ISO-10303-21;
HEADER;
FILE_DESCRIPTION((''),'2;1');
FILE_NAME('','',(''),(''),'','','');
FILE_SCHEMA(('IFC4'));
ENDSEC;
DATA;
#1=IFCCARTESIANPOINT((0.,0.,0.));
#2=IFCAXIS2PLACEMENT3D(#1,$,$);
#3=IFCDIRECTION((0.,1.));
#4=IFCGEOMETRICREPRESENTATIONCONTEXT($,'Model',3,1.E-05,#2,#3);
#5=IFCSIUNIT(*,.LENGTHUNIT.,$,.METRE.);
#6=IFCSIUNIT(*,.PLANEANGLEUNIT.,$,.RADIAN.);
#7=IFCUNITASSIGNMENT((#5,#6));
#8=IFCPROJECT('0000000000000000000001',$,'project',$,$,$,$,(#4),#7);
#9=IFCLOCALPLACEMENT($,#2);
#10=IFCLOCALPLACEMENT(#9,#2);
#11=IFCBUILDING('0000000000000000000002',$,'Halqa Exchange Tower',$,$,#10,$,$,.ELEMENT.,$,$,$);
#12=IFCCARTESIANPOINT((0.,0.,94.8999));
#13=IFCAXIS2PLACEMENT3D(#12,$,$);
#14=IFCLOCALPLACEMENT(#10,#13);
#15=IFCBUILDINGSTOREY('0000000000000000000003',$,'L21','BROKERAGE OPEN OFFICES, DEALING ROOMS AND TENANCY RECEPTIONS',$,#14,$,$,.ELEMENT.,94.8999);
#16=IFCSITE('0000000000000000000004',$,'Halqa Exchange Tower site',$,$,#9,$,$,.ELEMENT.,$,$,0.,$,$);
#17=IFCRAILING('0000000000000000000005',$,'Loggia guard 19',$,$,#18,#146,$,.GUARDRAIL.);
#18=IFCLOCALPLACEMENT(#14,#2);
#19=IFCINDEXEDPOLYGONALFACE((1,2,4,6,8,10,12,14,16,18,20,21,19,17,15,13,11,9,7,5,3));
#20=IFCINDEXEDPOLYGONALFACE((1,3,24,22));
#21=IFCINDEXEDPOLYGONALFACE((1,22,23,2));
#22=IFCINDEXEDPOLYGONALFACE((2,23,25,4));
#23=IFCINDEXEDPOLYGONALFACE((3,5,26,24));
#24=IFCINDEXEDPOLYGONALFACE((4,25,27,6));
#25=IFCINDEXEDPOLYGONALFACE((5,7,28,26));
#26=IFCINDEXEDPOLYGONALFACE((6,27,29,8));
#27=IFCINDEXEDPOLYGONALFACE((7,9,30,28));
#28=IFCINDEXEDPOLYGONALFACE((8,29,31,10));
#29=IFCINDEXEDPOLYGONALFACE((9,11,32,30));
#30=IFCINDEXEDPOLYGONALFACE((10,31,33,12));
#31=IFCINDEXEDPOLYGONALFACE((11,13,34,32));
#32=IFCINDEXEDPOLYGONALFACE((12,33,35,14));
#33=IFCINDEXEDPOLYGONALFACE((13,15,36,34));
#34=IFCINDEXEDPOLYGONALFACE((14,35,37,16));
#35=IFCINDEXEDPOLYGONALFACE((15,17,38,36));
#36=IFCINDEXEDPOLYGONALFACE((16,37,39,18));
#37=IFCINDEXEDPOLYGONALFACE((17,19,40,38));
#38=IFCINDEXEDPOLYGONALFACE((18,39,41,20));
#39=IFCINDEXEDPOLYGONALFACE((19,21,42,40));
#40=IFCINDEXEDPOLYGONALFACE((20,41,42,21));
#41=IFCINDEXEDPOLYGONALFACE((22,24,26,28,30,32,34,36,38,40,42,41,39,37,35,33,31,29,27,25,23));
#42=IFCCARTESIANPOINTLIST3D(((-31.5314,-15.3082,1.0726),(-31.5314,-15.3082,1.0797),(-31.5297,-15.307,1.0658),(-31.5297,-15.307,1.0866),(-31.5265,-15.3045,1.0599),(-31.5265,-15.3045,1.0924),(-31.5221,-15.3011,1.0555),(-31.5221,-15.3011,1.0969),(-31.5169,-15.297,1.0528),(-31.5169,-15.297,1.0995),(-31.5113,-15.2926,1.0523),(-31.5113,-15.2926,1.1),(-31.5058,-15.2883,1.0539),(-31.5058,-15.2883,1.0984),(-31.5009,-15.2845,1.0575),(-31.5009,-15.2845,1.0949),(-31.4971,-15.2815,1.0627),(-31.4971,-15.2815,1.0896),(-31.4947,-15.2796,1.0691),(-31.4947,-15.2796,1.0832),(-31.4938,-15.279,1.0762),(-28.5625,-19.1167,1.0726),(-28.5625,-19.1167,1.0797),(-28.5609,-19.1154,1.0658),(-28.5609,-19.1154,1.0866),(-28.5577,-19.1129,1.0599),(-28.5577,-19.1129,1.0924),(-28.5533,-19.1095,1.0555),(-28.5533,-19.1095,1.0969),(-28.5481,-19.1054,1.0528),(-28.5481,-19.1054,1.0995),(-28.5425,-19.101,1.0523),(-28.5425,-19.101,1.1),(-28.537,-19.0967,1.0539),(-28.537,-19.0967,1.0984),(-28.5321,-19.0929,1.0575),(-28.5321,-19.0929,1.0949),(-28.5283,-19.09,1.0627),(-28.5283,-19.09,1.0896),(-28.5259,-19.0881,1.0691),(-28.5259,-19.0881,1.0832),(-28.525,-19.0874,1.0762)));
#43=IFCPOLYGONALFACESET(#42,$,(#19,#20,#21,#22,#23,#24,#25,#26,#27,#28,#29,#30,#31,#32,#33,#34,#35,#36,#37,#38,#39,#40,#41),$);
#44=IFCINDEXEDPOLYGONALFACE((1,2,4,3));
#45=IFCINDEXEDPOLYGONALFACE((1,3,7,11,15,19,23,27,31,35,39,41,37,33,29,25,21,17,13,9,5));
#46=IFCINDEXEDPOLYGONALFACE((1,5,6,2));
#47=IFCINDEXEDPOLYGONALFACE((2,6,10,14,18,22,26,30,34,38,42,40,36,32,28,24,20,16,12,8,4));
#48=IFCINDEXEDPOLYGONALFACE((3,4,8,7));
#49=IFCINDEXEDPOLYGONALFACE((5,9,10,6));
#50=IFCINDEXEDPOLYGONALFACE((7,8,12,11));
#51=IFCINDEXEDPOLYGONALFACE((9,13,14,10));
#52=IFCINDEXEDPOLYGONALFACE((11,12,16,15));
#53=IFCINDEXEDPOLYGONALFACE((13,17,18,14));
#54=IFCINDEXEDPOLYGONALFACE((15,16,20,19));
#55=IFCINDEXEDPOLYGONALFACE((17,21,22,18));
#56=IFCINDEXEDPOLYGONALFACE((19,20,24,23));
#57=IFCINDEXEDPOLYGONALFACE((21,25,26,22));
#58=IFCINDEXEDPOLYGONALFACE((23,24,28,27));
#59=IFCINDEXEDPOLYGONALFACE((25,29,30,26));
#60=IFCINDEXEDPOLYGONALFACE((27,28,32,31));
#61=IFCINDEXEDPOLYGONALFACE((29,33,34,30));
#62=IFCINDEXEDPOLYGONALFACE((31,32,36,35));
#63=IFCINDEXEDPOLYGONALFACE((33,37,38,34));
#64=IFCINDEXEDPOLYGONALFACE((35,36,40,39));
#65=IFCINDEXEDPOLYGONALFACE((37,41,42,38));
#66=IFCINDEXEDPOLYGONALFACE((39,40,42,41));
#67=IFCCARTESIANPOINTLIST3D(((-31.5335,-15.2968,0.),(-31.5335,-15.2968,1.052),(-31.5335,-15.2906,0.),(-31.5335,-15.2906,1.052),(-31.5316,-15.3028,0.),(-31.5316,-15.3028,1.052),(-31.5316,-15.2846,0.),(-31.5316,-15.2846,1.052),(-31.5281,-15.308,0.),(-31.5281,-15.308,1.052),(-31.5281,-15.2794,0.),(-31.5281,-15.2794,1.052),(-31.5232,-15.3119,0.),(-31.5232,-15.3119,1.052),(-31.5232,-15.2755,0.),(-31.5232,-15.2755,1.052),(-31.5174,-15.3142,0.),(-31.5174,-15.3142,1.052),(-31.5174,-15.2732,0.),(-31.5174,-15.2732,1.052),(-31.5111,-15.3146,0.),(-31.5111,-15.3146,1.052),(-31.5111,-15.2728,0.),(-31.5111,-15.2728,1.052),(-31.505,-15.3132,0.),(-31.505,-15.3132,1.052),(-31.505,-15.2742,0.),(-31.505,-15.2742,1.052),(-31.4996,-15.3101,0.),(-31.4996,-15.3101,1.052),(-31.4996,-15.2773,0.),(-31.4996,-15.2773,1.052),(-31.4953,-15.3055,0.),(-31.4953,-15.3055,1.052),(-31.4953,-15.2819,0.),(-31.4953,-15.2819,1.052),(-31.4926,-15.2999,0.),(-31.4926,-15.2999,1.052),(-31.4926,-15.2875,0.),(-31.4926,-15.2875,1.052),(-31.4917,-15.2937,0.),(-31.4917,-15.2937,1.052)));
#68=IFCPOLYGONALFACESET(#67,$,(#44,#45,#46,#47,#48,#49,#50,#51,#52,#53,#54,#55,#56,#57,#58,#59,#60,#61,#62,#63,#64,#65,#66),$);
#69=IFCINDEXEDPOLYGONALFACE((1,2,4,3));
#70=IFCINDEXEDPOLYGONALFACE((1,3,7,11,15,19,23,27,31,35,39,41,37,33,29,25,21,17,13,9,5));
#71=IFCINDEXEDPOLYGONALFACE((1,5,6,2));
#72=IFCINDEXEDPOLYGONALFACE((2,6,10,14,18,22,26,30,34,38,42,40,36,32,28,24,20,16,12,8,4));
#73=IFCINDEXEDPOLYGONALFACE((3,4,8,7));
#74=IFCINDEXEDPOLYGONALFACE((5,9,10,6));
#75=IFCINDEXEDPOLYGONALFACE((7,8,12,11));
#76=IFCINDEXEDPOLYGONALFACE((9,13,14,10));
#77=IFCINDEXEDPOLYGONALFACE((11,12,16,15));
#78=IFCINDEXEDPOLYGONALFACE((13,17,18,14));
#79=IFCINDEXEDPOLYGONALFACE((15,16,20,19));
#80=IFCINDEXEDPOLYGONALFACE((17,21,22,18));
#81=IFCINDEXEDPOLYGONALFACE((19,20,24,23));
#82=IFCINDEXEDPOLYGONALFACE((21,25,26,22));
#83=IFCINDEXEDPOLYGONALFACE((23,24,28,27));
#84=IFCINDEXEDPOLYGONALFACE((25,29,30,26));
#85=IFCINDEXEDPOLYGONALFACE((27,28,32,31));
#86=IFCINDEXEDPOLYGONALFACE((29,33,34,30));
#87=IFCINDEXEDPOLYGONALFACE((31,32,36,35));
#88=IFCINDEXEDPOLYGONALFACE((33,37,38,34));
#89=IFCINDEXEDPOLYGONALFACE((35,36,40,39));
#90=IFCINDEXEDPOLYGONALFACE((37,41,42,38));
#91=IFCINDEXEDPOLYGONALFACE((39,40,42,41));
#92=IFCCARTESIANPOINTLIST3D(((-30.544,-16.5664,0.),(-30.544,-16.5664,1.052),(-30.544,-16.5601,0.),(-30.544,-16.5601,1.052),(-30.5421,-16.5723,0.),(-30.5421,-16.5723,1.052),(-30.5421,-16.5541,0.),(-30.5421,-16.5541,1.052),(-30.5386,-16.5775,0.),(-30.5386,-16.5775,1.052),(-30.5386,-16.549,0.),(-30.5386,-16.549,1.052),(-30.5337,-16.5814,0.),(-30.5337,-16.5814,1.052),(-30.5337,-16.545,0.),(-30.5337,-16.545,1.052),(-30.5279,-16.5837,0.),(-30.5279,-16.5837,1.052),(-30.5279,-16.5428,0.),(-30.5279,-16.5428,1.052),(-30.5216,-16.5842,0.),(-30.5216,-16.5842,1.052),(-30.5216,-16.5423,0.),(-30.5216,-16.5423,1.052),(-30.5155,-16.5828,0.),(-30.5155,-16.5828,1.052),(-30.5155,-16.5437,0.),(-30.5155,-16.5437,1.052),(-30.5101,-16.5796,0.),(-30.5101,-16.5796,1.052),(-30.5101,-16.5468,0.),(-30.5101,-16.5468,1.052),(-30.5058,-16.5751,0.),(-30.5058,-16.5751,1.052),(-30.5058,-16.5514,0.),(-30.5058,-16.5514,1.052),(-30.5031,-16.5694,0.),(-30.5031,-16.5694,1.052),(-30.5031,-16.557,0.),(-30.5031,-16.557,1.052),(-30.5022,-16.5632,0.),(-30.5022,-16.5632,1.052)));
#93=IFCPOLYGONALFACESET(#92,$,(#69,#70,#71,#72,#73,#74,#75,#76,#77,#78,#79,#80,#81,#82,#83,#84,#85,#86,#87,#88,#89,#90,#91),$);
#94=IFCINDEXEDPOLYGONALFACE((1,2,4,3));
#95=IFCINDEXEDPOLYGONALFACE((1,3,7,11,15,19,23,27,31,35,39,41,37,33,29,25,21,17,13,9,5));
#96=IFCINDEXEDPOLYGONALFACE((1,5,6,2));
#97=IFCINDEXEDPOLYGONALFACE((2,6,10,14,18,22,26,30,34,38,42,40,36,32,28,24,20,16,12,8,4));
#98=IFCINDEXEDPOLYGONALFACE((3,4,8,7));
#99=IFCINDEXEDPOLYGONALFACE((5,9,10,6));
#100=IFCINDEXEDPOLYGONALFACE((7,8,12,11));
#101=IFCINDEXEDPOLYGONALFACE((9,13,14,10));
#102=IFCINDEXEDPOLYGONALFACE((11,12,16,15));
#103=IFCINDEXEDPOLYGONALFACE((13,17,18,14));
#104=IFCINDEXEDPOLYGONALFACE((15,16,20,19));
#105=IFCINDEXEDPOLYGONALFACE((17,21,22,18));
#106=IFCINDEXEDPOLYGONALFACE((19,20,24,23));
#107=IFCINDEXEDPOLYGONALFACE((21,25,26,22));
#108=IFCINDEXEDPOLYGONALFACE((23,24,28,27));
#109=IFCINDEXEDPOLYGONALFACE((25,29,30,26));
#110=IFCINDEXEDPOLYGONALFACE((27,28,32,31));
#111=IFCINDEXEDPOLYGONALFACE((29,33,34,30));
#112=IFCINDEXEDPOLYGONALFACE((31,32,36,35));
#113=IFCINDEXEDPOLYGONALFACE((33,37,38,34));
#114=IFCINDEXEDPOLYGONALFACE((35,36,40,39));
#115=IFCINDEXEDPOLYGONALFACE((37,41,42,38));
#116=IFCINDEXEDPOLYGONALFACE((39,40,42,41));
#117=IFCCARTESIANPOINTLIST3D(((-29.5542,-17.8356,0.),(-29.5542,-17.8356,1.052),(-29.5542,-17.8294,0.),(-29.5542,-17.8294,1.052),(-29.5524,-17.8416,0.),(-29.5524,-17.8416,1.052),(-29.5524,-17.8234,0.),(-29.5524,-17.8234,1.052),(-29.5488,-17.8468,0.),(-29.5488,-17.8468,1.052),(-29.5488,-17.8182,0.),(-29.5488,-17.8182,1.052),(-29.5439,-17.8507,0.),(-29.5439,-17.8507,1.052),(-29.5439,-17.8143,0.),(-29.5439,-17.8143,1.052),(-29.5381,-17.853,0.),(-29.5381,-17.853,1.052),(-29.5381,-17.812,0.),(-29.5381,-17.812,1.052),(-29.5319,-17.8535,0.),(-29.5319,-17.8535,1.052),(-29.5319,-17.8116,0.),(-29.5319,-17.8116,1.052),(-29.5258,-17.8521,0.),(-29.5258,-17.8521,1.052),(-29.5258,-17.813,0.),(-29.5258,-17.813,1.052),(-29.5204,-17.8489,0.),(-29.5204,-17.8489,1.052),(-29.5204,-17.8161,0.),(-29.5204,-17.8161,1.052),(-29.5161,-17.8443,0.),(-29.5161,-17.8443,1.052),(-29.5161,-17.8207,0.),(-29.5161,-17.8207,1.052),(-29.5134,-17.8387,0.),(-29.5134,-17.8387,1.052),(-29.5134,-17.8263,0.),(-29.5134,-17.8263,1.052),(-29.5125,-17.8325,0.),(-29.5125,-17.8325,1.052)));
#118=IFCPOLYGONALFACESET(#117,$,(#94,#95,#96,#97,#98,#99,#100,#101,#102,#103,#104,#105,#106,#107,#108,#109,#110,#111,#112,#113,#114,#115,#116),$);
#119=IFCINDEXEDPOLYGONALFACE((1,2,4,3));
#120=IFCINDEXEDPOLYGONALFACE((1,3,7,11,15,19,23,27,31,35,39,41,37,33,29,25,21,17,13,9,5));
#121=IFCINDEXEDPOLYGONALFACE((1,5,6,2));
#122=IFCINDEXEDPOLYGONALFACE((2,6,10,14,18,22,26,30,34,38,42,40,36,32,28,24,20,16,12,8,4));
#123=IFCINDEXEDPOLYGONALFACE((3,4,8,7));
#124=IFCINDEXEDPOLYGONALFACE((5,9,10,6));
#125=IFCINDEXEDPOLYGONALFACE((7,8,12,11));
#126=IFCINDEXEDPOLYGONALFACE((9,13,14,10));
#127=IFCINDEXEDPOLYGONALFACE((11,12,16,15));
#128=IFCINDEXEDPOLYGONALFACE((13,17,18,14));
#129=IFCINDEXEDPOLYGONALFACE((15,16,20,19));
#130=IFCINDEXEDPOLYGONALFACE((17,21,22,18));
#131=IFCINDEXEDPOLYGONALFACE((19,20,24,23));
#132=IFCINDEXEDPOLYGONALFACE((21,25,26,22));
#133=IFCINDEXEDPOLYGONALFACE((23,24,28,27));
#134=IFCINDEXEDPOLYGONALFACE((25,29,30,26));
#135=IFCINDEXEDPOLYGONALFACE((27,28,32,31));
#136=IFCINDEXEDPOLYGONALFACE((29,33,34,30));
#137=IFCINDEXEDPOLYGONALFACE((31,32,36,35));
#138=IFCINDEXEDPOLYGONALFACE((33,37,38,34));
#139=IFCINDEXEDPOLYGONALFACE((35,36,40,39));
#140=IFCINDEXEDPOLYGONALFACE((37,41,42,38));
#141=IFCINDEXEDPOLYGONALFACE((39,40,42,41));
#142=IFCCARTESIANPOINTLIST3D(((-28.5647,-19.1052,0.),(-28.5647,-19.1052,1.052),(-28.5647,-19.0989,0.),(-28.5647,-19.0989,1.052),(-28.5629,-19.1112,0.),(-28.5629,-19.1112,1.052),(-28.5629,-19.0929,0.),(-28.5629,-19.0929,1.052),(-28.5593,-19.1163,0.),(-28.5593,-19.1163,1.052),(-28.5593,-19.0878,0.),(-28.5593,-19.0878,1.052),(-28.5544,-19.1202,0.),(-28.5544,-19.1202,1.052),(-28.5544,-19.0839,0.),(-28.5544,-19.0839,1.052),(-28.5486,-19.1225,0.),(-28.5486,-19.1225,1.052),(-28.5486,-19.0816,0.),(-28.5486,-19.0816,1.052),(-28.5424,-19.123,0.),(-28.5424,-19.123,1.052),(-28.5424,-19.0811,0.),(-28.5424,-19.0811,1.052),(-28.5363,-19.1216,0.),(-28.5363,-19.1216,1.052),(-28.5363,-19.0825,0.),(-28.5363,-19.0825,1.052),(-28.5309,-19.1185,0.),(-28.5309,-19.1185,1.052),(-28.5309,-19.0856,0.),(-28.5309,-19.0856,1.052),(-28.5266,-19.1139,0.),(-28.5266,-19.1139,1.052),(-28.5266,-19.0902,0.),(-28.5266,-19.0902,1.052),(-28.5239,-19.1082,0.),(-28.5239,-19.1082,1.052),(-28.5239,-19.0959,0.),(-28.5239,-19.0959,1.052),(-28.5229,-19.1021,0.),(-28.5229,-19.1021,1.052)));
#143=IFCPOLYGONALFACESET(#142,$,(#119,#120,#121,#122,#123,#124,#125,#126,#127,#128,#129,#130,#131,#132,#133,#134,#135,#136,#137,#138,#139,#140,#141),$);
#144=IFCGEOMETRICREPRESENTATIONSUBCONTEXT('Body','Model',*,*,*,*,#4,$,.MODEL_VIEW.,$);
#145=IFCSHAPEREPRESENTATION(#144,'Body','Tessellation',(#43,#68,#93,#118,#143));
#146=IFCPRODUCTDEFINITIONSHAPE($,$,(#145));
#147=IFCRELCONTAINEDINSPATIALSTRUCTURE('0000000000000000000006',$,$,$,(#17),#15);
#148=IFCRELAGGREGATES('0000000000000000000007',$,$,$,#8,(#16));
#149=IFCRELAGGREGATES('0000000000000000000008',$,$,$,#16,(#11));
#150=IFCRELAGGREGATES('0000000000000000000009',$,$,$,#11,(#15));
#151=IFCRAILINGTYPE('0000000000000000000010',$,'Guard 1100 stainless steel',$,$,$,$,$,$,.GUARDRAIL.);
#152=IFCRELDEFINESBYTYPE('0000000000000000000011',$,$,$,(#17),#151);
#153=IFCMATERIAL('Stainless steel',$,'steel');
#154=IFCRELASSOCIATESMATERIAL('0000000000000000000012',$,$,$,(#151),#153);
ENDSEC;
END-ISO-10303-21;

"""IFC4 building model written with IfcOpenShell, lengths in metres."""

from ifc_helpers import new_model, si_unit, direction, frame, origin, origin_2d, place, context, subcontext, project, spatial, circle, extrude, material, type_object, element, save


model = new_model("IFC4")

# Units and contexts
model_context = context("Model", 3, precision=1e-05, world=origin(), true_north=direction((0.0, 1.0)))
body_context = subcontext(model_context, "Body", "Model", "MODEL_VIEW")
ifc_project = project(units=[si_unit("LENGTHUNIT", "METRE"), si_unit("PLANEANGLEUNIT", "RADIAN")], contexts=[model_context])

# Site, building, storey
site_placement = place(None, origin())
site = spatial("IfcSite", under=ifc_project, at=site_placement, Name="Halqa Exchange Tower site", CompositionType="ELEMENT", RefElevation=0.0)
building_placement = place(site_placement, origin())
building = spatial("IfcBuilding", under=site, at=building_placement, Name="Halqa Exchange Tower", CompositionType="ELEMENT")
storey_placement = place(building_placement, frame((0.0, 0.0, 94.8999)))
storey = spatial("IfcBuildingStorey", under=building, at=storey_placement, Name="L21", Description="BROKERAGE OPEN OFFICES, DEALING ROOMS AND TENANCY RECEPTIONS", CompositionType="ELEMENT", Elevation=94.8999)

# Railing
ifc_material_1 = material(Name="Stainless steel", Category="steel")
railing_type = type_object("IfcRailingType", Name="Guard 1100 stainless steel", PredefinedType="GUARDRAIL", material=ifc_material_1)
railing_1_placement = place(storey_placement, frame((-31.5127, -15.2937, 0.0)))
element("IfcRailing", 1, at=railing_1_placement, inside=storey, type_object=railing_type, Name="Loggia guard 19", PredefinedType="GUARDRAIL", context=body_context, shape_type="SweptSolid", body=[
    extrude(circle(Radius=0.0239, at=origin_2d()), frame((0.0, 0.0, 1.0762), z_axis=(0.614805, -0.788679, 0.0), x_axis=(0.788679, 0.614805, 0.0)), (0.0, 0.0, 1.0), 4.8289),
    extrude(circle(Radius=0.021, at=origin_2d()), origin(), (0.0, 0.0, 1.0), 1.052),
    extrude(circle(Radius=0.021, at=origin_2d()), frame((0.9895, -1.2695, 0.0)), (0.0, 0.0, 1.0), 1.052),
    extrude(circle(Radius=0.021, at=origin_2d()), frame((1.9792, -2.5388, 0.0)), (0.0, 0.0, 1.0), 1.052),
    extrude(circle(Radius=0.021, at=origin_2d()), frame((2.9688, -3.8083, 0.0)), (0.0, 0.0, 1.0), 1.052),
])

save(model, "model.ifc")
